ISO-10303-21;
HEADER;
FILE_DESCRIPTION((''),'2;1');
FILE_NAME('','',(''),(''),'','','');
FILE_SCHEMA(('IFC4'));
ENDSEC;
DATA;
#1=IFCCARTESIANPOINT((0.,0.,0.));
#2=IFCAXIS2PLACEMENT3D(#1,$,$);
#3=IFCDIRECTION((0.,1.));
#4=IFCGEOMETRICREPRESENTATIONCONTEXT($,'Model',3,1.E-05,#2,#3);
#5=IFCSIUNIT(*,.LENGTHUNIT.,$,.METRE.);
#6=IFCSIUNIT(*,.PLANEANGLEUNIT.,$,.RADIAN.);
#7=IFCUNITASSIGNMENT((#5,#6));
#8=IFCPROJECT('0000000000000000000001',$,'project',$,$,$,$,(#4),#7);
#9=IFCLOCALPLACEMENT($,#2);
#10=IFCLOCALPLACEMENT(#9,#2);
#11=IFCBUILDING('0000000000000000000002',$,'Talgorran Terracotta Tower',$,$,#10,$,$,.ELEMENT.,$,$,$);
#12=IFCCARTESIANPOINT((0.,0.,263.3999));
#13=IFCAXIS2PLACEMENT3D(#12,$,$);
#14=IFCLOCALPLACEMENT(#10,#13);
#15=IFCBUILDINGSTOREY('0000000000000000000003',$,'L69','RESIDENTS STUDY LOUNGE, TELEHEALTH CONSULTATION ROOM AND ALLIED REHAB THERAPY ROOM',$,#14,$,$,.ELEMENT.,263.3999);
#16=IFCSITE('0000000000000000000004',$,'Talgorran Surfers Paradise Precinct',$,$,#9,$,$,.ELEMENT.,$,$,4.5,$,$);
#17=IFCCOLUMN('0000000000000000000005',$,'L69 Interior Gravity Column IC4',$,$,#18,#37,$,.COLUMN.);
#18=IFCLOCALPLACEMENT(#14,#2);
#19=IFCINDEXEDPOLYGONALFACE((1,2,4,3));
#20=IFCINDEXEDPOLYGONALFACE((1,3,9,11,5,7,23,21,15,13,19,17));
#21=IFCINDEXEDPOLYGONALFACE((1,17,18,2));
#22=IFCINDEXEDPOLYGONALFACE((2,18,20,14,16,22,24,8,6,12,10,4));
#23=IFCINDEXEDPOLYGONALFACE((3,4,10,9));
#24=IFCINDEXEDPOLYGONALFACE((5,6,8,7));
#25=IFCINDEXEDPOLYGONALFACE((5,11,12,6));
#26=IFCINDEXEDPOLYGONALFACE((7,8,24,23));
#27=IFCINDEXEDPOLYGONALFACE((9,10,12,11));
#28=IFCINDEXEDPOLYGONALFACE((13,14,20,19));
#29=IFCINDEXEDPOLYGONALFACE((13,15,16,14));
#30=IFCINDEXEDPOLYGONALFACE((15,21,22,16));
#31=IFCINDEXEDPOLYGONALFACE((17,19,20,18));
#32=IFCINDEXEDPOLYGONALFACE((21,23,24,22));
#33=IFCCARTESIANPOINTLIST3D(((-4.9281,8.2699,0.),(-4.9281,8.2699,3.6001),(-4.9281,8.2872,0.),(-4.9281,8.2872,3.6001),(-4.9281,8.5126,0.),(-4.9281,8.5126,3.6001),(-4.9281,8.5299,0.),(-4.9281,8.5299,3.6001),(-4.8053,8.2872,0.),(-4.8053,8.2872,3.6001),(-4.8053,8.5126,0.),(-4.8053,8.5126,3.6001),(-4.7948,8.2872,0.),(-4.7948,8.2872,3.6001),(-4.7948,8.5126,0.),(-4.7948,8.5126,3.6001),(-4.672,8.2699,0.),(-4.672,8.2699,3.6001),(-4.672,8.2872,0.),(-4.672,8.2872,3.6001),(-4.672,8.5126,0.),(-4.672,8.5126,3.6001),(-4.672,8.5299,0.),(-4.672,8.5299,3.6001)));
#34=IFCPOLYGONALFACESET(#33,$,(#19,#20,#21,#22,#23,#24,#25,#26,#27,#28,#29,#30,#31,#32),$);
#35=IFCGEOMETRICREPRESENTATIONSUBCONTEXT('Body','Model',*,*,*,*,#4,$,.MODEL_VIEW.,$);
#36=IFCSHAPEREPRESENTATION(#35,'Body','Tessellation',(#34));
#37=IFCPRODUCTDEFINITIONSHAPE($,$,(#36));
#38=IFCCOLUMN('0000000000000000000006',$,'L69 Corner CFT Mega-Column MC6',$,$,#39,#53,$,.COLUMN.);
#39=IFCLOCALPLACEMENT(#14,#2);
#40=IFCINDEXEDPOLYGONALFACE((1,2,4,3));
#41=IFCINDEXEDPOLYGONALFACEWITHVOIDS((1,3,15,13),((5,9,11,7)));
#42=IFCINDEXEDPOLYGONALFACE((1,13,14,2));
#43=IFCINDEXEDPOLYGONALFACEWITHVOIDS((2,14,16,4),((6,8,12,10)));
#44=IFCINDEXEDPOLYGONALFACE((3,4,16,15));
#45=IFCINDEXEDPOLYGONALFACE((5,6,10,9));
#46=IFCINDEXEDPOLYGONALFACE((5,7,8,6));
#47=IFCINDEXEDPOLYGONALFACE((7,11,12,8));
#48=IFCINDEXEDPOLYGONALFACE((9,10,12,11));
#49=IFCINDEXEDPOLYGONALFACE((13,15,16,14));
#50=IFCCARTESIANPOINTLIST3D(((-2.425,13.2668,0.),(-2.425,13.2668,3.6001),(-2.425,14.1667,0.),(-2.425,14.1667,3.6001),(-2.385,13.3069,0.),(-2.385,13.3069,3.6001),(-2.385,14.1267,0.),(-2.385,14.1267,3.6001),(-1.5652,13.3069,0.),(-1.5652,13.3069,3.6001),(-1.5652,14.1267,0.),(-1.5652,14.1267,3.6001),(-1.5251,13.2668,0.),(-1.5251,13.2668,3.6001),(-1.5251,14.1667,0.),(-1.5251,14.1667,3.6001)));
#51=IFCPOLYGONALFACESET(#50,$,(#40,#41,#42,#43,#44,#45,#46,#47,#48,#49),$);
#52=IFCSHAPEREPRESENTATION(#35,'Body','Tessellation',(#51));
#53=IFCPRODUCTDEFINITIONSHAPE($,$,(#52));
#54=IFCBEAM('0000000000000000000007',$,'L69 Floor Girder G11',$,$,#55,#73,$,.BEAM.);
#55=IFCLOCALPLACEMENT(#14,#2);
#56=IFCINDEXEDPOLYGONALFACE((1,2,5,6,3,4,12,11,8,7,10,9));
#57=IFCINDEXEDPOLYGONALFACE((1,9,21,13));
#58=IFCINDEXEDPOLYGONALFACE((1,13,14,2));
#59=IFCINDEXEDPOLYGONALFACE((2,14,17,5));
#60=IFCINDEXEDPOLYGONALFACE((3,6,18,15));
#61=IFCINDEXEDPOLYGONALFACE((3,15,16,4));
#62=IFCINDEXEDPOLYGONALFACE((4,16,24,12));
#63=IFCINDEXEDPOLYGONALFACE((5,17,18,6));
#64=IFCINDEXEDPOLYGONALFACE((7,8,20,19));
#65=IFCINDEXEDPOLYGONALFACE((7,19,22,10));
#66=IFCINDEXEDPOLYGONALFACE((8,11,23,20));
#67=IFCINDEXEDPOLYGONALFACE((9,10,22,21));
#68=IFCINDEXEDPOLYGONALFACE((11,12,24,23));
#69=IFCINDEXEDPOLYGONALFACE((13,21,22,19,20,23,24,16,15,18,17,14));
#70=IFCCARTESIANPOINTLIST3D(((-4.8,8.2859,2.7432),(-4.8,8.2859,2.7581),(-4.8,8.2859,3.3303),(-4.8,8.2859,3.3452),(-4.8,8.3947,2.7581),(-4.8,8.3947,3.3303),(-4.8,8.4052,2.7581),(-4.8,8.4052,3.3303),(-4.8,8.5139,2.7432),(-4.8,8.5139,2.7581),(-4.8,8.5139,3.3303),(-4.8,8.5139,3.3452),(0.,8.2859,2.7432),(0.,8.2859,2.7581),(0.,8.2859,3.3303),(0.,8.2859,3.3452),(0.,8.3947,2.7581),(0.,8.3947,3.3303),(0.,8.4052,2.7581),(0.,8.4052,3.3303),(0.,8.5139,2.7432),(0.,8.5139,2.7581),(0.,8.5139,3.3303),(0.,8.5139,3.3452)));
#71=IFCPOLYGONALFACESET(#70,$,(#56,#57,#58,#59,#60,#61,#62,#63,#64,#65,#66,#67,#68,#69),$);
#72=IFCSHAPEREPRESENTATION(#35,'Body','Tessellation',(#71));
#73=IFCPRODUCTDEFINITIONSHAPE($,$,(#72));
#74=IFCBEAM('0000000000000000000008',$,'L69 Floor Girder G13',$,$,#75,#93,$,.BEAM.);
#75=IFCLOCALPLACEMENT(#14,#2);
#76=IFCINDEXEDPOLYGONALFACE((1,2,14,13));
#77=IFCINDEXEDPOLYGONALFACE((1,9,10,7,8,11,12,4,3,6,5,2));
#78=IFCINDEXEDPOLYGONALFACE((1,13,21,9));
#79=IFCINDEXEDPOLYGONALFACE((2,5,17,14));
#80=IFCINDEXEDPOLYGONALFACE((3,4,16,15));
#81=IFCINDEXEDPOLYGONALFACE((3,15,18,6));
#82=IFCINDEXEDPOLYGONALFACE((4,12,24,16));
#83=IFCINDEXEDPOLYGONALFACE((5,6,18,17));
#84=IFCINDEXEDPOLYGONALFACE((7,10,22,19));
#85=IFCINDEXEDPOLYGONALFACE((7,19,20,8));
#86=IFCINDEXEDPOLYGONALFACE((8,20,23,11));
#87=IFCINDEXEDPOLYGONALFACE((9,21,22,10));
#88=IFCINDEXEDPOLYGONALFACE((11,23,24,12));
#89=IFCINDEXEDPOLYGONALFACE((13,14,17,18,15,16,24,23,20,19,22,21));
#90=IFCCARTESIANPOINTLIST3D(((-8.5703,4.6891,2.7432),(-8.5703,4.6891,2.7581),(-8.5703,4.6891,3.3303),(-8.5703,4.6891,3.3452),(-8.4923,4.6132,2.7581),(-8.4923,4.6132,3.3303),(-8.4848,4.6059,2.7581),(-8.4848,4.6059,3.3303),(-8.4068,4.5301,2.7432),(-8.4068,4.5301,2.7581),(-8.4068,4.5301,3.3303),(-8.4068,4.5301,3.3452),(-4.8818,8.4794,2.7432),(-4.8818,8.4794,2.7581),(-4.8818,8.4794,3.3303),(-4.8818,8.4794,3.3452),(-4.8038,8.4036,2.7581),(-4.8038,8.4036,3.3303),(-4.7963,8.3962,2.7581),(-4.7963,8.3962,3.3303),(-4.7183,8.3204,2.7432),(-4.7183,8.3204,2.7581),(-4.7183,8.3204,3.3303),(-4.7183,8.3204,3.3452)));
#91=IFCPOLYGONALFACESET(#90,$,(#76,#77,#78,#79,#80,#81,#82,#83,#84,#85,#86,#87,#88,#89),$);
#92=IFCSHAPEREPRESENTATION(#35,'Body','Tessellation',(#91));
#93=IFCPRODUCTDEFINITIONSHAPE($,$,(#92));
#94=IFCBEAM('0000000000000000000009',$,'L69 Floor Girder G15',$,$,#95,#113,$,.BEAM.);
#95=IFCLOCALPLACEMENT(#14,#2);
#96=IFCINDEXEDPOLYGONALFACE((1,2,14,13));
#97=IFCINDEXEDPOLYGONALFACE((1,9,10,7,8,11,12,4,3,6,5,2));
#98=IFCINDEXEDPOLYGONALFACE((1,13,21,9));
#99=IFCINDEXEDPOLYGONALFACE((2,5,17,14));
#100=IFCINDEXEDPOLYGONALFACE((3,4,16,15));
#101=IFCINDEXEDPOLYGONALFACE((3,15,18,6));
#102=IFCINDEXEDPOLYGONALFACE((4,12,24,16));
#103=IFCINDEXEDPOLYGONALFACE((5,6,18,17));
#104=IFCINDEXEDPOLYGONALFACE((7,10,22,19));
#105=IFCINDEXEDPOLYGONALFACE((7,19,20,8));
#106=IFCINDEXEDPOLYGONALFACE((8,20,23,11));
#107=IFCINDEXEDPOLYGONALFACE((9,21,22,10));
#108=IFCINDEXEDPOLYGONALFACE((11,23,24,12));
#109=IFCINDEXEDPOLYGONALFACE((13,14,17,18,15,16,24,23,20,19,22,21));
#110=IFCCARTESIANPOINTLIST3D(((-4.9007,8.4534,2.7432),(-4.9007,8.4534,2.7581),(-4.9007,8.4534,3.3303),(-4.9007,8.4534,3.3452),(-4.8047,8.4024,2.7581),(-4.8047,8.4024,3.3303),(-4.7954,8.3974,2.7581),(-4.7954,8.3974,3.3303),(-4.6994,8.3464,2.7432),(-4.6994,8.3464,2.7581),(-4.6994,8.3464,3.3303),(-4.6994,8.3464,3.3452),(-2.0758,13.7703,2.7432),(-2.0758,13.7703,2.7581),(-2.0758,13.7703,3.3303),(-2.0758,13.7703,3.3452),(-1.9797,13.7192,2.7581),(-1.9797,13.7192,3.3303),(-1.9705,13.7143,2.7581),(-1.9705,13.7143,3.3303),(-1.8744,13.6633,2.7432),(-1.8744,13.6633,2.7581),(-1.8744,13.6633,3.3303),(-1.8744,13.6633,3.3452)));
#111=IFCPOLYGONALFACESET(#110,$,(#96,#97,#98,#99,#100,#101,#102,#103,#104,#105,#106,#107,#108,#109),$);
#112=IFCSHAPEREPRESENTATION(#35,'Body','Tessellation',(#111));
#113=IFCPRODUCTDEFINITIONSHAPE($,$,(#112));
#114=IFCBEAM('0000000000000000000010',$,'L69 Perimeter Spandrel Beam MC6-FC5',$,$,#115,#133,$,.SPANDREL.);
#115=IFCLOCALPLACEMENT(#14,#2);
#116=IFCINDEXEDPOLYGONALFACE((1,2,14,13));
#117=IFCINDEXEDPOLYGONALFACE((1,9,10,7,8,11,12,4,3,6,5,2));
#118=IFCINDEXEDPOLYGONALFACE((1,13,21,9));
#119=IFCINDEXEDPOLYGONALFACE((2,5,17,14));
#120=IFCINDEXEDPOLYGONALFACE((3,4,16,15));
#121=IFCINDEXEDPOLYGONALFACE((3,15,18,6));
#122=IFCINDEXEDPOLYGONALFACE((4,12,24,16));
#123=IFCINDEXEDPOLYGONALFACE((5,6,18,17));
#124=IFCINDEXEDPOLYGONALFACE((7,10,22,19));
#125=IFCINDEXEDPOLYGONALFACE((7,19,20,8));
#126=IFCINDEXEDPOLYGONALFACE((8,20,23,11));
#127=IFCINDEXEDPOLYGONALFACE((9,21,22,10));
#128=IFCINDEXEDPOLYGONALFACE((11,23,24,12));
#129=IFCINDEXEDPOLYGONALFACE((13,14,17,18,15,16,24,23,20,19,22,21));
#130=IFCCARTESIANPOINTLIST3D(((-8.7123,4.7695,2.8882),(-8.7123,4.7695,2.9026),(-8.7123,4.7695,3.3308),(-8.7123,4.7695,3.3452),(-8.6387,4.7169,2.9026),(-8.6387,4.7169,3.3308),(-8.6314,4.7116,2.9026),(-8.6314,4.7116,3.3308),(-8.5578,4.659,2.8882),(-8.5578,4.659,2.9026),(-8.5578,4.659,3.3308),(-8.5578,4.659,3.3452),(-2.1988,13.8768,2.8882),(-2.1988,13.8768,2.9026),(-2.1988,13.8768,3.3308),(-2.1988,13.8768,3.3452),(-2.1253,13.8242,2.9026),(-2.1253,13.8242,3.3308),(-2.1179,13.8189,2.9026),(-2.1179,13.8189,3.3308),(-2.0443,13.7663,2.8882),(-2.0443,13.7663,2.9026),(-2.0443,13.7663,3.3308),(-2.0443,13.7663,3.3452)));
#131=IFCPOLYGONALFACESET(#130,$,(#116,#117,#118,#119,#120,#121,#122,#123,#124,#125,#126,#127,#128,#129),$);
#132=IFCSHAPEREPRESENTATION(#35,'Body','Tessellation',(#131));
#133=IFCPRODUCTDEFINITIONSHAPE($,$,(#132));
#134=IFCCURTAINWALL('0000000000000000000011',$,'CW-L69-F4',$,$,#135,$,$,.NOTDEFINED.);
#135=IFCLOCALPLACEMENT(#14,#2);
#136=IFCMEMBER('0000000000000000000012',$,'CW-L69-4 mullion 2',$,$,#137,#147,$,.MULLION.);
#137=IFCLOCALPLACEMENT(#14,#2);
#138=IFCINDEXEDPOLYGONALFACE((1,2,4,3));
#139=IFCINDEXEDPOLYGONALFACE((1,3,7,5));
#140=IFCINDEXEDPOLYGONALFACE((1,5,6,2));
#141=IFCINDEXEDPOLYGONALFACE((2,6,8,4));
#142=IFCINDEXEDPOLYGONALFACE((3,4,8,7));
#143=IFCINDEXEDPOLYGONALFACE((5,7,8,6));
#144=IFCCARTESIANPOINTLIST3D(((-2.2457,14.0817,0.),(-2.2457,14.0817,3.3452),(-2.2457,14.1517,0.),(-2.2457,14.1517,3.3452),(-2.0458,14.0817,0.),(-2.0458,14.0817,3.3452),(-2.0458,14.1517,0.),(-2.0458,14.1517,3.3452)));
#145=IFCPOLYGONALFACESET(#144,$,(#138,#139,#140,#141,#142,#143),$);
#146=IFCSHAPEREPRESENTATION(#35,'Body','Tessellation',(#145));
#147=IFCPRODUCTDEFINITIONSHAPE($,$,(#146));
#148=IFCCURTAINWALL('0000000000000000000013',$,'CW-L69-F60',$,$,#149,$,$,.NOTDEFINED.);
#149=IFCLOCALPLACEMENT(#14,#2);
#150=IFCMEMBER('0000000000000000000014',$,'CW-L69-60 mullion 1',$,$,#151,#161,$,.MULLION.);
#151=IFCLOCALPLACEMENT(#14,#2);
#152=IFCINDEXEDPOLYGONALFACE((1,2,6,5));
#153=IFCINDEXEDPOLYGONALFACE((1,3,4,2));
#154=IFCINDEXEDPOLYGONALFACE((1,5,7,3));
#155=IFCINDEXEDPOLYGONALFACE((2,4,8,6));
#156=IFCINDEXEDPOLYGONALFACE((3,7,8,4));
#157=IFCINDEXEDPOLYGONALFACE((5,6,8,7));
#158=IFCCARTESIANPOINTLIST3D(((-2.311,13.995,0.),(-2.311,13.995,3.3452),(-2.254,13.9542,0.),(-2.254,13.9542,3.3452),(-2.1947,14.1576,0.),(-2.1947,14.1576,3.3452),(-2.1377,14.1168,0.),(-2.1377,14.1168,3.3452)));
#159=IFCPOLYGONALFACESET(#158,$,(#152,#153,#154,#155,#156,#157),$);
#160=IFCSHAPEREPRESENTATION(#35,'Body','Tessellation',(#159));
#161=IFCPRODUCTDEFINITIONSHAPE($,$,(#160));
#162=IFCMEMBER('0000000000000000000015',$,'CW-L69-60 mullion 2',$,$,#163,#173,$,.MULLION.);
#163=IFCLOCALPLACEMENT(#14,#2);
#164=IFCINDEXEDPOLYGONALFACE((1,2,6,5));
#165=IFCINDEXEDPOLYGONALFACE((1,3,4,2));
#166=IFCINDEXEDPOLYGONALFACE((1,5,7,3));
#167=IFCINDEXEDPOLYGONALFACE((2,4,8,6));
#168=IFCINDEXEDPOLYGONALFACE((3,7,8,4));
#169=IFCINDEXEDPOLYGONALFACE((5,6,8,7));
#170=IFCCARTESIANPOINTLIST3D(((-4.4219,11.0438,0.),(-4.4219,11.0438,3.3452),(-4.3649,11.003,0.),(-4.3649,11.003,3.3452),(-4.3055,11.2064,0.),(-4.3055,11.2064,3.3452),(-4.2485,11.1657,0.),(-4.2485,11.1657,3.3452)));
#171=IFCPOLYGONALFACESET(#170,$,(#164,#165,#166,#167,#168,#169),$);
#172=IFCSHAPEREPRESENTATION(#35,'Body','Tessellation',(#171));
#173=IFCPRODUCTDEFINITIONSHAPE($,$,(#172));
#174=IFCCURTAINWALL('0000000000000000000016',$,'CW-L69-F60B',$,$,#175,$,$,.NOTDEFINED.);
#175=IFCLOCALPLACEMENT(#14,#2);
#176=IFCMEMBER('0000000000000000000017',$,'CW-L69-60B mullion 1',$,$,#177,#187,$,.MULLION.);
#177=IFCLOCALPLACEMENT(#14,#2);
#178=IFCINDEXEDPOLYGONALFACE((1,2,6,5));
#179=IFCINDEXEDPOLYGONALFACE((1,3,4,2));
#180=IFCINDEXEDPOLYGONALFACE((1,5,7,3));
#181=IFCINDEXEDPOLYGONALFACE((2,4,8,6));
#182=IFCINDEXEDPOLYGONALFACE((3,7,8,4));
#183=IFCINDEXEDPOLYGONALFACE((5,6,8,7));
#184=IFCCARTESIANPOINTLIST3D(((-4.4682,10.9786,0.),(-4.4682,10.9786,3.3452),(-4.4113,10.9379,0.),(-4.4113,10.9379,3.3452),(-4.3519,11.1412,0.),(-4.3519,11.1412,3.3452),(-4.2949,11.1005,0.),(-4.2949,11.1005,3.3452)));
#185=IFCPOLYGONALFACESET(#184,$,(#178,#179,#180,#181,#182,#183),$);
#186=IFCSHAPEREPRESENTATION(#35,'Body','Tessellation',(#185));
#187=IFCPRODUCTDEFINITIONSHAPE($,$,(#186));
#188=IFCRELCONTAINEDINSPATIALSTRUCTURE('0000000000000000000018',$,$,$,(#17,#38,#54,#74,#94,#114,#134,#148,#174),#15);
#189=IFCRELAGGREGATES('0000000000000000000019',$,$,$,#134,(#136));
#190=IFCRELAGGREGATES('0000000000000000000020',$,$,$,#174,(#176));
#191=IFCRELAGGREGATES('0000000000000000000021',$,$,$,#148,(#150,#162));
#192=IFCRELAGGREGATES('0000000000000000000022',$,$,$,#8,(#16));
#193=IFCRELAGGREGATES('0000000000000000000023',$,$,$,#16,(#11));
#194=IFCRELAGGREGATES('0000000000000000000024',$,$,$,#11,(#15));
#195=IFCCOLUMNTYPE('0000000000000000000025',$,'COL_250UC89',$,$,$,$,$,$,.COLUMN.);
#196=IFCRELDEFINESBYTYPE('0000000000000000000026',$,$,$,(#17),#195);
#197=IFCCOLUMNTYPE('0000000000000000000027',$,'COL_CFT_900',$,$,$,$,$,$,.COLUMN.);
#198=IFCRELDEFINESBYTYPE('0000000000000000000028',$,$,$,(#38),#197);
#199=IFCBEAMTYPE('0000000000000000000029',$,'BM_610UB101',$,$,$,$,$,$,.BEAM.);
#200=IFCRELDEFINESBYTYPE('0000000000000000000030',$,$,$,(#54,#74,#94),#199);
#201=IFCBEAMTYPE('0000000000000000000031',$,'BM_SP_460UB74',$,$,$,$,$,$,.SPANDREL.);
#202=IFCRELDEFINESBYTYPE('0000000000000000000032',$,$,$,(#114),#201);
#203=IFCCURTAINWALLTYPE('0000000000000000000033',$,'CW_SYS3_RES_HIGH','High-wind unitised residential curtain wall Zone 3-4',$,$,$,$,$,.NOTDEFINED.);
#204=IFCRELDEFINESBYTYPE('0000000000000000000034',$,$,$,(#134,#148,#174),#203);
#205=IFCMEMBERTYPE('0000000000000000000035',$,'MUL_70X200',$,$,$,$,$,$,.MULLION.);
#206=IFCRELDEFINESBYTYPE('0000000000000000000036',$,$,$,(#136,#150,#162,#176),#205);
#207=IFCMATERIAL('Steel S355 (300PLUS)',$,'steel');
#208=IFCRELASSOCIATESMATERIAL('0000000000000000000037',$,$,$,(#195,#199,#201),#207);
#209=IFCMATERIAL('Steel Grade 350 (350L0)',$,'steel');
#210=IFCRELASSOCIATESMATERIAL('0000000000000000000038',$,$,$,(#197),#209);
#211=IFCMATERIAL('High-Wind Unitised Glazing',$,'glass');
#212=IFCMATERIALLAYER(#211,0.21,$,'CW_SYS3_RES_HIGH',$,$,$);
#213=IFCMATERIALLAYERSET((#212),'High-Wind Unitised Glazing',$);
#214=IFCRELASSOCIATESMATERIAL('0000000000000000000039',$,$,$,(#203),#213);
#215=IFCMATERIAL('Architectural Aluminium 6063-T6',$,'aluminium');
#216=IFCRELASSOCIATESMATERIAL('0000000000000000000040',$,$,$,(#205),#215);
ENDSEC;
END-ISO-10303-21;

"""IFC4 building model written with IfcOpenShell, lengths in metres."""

from ifc_helpers import new_model, si_unit, direction, frame, origin, origin_2d, place, context, subcontext, project, spatial, rectangle, hollow_rectangle, i_section, extrude, material, layer, layer_set, material_profile, profile_set, type_object, element, aggregate, save


model = new_model("IFC4")

# Units and contexts
model_context = context("Model", 3, precision=1e-05, world=origin(), true_north=direction((0.0, 1.0)))
body_context = subcontext(model_context, "Body", "Model", "MODEL_VIEW")
ifc_project = project(units=[si_unit("LENGTHUNIT", "METRE"), si_unit("PLANEANGLEUNIT", "RADIAN")], contexts=[model_context])

# Site, building, storey
site_placement = place(None, origin())
site = spatial("IfcSite", under=ifc_project, at=site_placement, Name="Talgorran Surfers Paradise Precinct", CompositionType="ELEMENT", RefElevation=4.5)
building_placement = place(site_placement, origin())
building = spatial("IfcBuilding", under=site, at=building_placement, Name="Talgorran Terracotta Tower", CompositionType="ELEMENT")
storey_placement = place(building_placement, frame((0.0, 0.0, 263.3999)))
storey = spatial("IfcBuildingStorey", under=building, at=storey_placement, Name="L69", Description="RESIDENTS STUDY LOUNGE, TELEHEALTH CONSULTATION ROOM AND ALLIED REHAB THERAPY ROOM", CompositionType="ELEMENT", Elevation=263.3999)

# Columns
ifc_material_1 = material(Name="Steel S355 (300PLUS)", Category="steel")
ifc_material_profile_1 = material_profile(ifc_material_1, i_section(OverallWidth=0.2561, OverallDepth=0.26, WebThickness=0.0105, FlangeThickness=0.0173, at=origin_2d()), Name="250UC89.5")
ifc_profile_set_1 = profile_set([ifc_material_profile_1], Name="Steel S355 (300PLUS)")
column_type_1 = type_object("IfcColumnType", Name="COL_250UC89", PredefinedType="COLUMN", material=ifc_profile_set_1)
column_1_placement = place(storey_placement, frame((-4.8, 8.3999, 0.0), z_axis=(0.0, 0.0, 1.0), x_axis=(1.0, 0.0, 0.0)))
element("IfcColumn", 1, at=column_1_placement, inside=storey, type_object=column_type_1, Name="L69 Interior Gravity Column IC4", PredefinedType="COLUMN", context=body_context, shape_type="SweptSolid", body=[
    extrude(i_section(OverallWidth=0.2561, OverallDepth=0.26, WebThickness=0.0105, FlangeThickness=0.0173, at=origin_2d()), origin(), (0.0, 0.0, 1.0), 3.6001),
])
ifc_material_2 = material(Name="Steel Grade 350 (350L0)", Category="steel")
ifc_material_profile_2 = material_profile(ifc_material_2, hollow_rectangle(XDim=0.8999, YDim=0.8999, WallThickness=0.04, at=origin_2d()), Name="CFT900X900X40")
ifc_profile_set_2 = profile_set([ifc_material_profile_2], Name="Steel Grade 350 (350L0)")
column_type_2 = type_object("IfcColumnType", Name="COL_CFT_900", PredefinedType="COLUMN", material=ifc_profile_set_2)
column_2_placement = place(storey_placement, frame((-1.9751, 13.7168, 0.0), z_axis=(0.0, 0.0, 1.0), x_axis=(1.0, 0.0, 0.0)))
element("IfcColumn", 2, at=column_2_placement, inside=storey, type_object=column_type_2, Name="L69 Corner CFT Mega-Column MC6", PredefinedType="COLUMN", context=body_context, shape_type="SweptSolid", body=[
    extrude(hollow_rectangle(XDim=0.8999, YDim=0.8999, WallThickness=0.04, at=origin_2d()), origin(), (0.0, 0.0, 1.0), 3.6001),
])

# Beams
ifc_material_profile_3 = material_profile(ifc_material_1, i_section(OverallWidth=0.228, OverallDepth=0.6021, WebThickness=0.0105, FlangeThickness=0.0149, at=origin_2d()), Name="610UB101")
ifc_profile_set_3 = profile_set([ifc_material_profile_3], Name="Steel S355 (300PLUS)")
beam_type_1 = type_object("IfcBeamType", Name="BM_610UB101", PredefinedType="BEAM", material=ifc_profile_set_3)
beam_1_placement = place(storey_placement, frame((-4.8, 8.3999, 3.0442), z_axis=(1.0, 0.0, 0.0), x_axis=(0.0, 1.0, 0.0)))
element("IfcBeam", 3, at=beam_1_placement, inside=storey, type_object=beam_type_1, Name="L69 Floor Girder G11", PredefinedType="BEAM", context=body_context, shape_type="SweptSolid", body=[
    extrude(i_section(OverallWidth=0.228, OverallDepth=0.6021, WebThickness=0.0105, FlangeThickness=0.0149, at=origin_2d()), origin(), (0.0, 0.0, 1.0), 4.8),
])
beam_2_placement = place(storey_placement, frame((-4.8, 8.3999, 3.0442), z_axis=(-0.697416, -0.716666, 0.0), x_axis=(0.716666, -0.697416, 0.0)))
element("IfcBeam", 4, at=beam_2_placement, inside=storey, type_object=beam_type_1, Name="L69 Floor Girder G13", PredefinedType="BEAM", context=body_context, shape_type="SweptSolid", body=[
    extrude(i_section(OverallWidth=0.228, OverallDepth=0.6021, WebThickness=0.0105, FlangeThickness=0.0149, at=origin_2d()), origin(), (0.0, 0.0, 1.0), 5.2888),
])
beam_3_placement = place(storey_placement, frame((-4.8, 8.3999, 3.0442), z_axis=(0.469201, 0.883092, 0.0), x_axis=(-0.883092, 0.469201, 0.0)))
element("IfcBeam", 5, at=beam_3_placement, inside=storey, type_object=beam_type_1, Name="L69 Floor Girder G15", PredefinedType="BEAM", context=body_context, shape_type="SweptSolid", body=[
    extrude(i_section(OverallWidth=0.228, OverallDepth=0.6021, WebThickness=0.0105, FlangeThickness=0.0149, at=origin_2d()), origin(), (0.0, 0.0, 1.0), 6.0208),
])
ifc_material_profile_4 = material_profile(ifc_material_1, i_section(OverallWidth=0.1899, OverallDepth=0.457, WebThickness=0.009, FlangeThickness=0.0144, at=origin_2d()), Name="460UB74.6")
ifc_profile_set_4 = profile_set([ifc_material_profile_4], Name="Steel S355 (300PLUS)")
beam_type_2 = type_object("IfcBeamType", Name="BM_SP_460UB74", PredefinedType="SPANDREL", material=ifc_profile_set_4)
beam_4_placement = place(storey_placement, frame((-2.1216, 13.8215, 3.1167), z_axis=(-0.581729, -0.813383, 0.0), x_axis=(0.813383, -0.581729, 0.0)))
element("IfcBeam", 6, at=beam_4_placement, inside=storey, type_object=beam_type_2, Name="L69 Perimeter Spandrel Beam MC6-FC5", PredefinedType="SPANDREL", context=body_context, shape_type="SweptSolid", body=[
    extrude(i_section(OverallWidth=0.1899, OverallDepth=0.457, WebThickness=0.009, FlangeThickness=0.0144, at=origin_2d()), origin(), (0.0, 0.0, 1.0), 11.1968),
])

# Curtain wall, member
ifc_material_3 = material(Name="High-Wind Unitised Glazing", Category="glass")
ifc_layer_1 = layer(ifc_material_3, 0.21, Name="CW_SYS3_RES_HIGH")
ifc_layer_set_1 = layer_set([ifc_layer_1], Name="High-Wind Unitised Glazing")
curtain_wall_type = type_object("IfcCurtainWallType", Name="CW_SYS3_RES_HIGH", Description="High-wind unitised residential curtain wall Zone 3-4", PredefinedType="NOTDEFINED", material=ifc_layer_set_1)
curtain_wall_1_placement = place(storey_placement, origin())
curtain_wall_1 = element("IfcCurtainWall", 7, at=curtain_wall_1_placement, inside=storey, type_object=curtain_wall_type, Name="CW-L69-F4", PredefinedType="NOTDEFINED")
ifc_material_4 = material(Name="Architectural Aluminium 6063-T6", Category="aluminium")
ifc_material_profile_5 = material_profile(ifc_material_4, rectangle(XDim=0.0701, YDim=0.2, at=origin_2d()), Name="CWM70X200")
ifc_profile_set_5 = profile_set([ifc_material_profile_5], Name="Architectural Aluminium 6063-T6")
member_type_1 = type_object("IfcMemberType", Name="MUL_70X200", PredefinedType="MULLION", material=ifc_profile_set_5)
member_1_placement = place(storey_placement, frame((-2.1458, 14.1167, 0.0), z_axis=(0.0, 0.0, 1.0), x_axis=(0.0, -1.0, 0.0)))
member_1 = element("IfcMember", 8, at=member_1_placement, type_object=member_type_1, Name="CW-L69-4 mullion 2", PredefinedType="MULLION", context=body_context, shape_type="SweptSolid", body=[
    extrude(rectangle(XDim=0.0701, YDim=0.2, at=origin_2d()), origin(), (0.0, 0.0, 1.0), 3.3452),
])
aggregate(curtain_wall_1, [member_1])

# Curtain wall, members
curtain_wall_2_placement = place(storey_placement, origin())
curtain_wall_2 = element("IfcCurtainWall", 9, at=curtain_wall_2_placement, inside=storey, type_object=curtain_wall_type, Name="CW-L69-F60", PredefinedType="NOTDEFINED")
member_2_placement = place(storey_placement, frame((-2.2244, 14.0559, 0.0), z_axis=(0.0, 0.0, 1.0), x_axis=(0.813381, -0.581732, 0.0)))
member_2 = element("IfcMember", 10, at=member_2_placement, type_object=member_type_1, Name="CW-L69-60 mullion 1", PredefinedType="MULLION", context=body_context, shape_type="SweptSolid", body=[
    extrude(rectangle(XDim=0.0701, YDim=0.2, at=origin_2d()), origin(), (0.0, 0.0, 1.0), 3.3452),
])
member_3_placement = place(storey_placement, frame((-4.3352, 11.1047, 0.0), z_axis=(0.0, 0.0, 1.0), x_axis=(0.813381, -0.581732, 0.0)))
member_3 = element("IfcMember", 11, at=member_3_placement, type_object=member_type_1, Name="CW-L69-60 mullion 2", PredefinedType="MULLION", context=body_context, shape_type="SweptSolid", body=[
    extrude(rectangle(XDim=0.0701, YDim=0.2, at=origin_2d()), origin(), (0.0, 0.0, 1.0), 3.3452),
])

# Curtain wall, member
curtain_wall_3_placement = place(storey_placement, origin())
curtain_wall_3 = element("IfcCurtainWall", 12, at=curtain_wall_3_placement, inside=storey, type_object=curtain_wall_type, Name="CW-L69-F60B", PredefinedType="NOTDEFINED")
member_4_placement = place(storey_placement, frame((-4.3816, 11.0396, 0.0), z_axis=(0.0, 0.0, 1.0), x_axis=(0.81338, -0.581732, 0.0)))
member_4 = element("IfcMember", 13, at=member_4_placement, type_object=member_type_1, Name="CW-L69-60B mullion 1", PredefinedType="MULLION", context=body_context, shape_type="SweptSolid", body=[
    extrude(rectangle(XDim=0.0701, YDim=0.2, at=origin_2d()), origin(), (0.0, 0.0, 1.0), 3.3452),
])

aggregate(curtain_wall_3, [member_4])
aggregate(curtain_wall_2, [member_2, member_3])

save(model, "model.ifc")
